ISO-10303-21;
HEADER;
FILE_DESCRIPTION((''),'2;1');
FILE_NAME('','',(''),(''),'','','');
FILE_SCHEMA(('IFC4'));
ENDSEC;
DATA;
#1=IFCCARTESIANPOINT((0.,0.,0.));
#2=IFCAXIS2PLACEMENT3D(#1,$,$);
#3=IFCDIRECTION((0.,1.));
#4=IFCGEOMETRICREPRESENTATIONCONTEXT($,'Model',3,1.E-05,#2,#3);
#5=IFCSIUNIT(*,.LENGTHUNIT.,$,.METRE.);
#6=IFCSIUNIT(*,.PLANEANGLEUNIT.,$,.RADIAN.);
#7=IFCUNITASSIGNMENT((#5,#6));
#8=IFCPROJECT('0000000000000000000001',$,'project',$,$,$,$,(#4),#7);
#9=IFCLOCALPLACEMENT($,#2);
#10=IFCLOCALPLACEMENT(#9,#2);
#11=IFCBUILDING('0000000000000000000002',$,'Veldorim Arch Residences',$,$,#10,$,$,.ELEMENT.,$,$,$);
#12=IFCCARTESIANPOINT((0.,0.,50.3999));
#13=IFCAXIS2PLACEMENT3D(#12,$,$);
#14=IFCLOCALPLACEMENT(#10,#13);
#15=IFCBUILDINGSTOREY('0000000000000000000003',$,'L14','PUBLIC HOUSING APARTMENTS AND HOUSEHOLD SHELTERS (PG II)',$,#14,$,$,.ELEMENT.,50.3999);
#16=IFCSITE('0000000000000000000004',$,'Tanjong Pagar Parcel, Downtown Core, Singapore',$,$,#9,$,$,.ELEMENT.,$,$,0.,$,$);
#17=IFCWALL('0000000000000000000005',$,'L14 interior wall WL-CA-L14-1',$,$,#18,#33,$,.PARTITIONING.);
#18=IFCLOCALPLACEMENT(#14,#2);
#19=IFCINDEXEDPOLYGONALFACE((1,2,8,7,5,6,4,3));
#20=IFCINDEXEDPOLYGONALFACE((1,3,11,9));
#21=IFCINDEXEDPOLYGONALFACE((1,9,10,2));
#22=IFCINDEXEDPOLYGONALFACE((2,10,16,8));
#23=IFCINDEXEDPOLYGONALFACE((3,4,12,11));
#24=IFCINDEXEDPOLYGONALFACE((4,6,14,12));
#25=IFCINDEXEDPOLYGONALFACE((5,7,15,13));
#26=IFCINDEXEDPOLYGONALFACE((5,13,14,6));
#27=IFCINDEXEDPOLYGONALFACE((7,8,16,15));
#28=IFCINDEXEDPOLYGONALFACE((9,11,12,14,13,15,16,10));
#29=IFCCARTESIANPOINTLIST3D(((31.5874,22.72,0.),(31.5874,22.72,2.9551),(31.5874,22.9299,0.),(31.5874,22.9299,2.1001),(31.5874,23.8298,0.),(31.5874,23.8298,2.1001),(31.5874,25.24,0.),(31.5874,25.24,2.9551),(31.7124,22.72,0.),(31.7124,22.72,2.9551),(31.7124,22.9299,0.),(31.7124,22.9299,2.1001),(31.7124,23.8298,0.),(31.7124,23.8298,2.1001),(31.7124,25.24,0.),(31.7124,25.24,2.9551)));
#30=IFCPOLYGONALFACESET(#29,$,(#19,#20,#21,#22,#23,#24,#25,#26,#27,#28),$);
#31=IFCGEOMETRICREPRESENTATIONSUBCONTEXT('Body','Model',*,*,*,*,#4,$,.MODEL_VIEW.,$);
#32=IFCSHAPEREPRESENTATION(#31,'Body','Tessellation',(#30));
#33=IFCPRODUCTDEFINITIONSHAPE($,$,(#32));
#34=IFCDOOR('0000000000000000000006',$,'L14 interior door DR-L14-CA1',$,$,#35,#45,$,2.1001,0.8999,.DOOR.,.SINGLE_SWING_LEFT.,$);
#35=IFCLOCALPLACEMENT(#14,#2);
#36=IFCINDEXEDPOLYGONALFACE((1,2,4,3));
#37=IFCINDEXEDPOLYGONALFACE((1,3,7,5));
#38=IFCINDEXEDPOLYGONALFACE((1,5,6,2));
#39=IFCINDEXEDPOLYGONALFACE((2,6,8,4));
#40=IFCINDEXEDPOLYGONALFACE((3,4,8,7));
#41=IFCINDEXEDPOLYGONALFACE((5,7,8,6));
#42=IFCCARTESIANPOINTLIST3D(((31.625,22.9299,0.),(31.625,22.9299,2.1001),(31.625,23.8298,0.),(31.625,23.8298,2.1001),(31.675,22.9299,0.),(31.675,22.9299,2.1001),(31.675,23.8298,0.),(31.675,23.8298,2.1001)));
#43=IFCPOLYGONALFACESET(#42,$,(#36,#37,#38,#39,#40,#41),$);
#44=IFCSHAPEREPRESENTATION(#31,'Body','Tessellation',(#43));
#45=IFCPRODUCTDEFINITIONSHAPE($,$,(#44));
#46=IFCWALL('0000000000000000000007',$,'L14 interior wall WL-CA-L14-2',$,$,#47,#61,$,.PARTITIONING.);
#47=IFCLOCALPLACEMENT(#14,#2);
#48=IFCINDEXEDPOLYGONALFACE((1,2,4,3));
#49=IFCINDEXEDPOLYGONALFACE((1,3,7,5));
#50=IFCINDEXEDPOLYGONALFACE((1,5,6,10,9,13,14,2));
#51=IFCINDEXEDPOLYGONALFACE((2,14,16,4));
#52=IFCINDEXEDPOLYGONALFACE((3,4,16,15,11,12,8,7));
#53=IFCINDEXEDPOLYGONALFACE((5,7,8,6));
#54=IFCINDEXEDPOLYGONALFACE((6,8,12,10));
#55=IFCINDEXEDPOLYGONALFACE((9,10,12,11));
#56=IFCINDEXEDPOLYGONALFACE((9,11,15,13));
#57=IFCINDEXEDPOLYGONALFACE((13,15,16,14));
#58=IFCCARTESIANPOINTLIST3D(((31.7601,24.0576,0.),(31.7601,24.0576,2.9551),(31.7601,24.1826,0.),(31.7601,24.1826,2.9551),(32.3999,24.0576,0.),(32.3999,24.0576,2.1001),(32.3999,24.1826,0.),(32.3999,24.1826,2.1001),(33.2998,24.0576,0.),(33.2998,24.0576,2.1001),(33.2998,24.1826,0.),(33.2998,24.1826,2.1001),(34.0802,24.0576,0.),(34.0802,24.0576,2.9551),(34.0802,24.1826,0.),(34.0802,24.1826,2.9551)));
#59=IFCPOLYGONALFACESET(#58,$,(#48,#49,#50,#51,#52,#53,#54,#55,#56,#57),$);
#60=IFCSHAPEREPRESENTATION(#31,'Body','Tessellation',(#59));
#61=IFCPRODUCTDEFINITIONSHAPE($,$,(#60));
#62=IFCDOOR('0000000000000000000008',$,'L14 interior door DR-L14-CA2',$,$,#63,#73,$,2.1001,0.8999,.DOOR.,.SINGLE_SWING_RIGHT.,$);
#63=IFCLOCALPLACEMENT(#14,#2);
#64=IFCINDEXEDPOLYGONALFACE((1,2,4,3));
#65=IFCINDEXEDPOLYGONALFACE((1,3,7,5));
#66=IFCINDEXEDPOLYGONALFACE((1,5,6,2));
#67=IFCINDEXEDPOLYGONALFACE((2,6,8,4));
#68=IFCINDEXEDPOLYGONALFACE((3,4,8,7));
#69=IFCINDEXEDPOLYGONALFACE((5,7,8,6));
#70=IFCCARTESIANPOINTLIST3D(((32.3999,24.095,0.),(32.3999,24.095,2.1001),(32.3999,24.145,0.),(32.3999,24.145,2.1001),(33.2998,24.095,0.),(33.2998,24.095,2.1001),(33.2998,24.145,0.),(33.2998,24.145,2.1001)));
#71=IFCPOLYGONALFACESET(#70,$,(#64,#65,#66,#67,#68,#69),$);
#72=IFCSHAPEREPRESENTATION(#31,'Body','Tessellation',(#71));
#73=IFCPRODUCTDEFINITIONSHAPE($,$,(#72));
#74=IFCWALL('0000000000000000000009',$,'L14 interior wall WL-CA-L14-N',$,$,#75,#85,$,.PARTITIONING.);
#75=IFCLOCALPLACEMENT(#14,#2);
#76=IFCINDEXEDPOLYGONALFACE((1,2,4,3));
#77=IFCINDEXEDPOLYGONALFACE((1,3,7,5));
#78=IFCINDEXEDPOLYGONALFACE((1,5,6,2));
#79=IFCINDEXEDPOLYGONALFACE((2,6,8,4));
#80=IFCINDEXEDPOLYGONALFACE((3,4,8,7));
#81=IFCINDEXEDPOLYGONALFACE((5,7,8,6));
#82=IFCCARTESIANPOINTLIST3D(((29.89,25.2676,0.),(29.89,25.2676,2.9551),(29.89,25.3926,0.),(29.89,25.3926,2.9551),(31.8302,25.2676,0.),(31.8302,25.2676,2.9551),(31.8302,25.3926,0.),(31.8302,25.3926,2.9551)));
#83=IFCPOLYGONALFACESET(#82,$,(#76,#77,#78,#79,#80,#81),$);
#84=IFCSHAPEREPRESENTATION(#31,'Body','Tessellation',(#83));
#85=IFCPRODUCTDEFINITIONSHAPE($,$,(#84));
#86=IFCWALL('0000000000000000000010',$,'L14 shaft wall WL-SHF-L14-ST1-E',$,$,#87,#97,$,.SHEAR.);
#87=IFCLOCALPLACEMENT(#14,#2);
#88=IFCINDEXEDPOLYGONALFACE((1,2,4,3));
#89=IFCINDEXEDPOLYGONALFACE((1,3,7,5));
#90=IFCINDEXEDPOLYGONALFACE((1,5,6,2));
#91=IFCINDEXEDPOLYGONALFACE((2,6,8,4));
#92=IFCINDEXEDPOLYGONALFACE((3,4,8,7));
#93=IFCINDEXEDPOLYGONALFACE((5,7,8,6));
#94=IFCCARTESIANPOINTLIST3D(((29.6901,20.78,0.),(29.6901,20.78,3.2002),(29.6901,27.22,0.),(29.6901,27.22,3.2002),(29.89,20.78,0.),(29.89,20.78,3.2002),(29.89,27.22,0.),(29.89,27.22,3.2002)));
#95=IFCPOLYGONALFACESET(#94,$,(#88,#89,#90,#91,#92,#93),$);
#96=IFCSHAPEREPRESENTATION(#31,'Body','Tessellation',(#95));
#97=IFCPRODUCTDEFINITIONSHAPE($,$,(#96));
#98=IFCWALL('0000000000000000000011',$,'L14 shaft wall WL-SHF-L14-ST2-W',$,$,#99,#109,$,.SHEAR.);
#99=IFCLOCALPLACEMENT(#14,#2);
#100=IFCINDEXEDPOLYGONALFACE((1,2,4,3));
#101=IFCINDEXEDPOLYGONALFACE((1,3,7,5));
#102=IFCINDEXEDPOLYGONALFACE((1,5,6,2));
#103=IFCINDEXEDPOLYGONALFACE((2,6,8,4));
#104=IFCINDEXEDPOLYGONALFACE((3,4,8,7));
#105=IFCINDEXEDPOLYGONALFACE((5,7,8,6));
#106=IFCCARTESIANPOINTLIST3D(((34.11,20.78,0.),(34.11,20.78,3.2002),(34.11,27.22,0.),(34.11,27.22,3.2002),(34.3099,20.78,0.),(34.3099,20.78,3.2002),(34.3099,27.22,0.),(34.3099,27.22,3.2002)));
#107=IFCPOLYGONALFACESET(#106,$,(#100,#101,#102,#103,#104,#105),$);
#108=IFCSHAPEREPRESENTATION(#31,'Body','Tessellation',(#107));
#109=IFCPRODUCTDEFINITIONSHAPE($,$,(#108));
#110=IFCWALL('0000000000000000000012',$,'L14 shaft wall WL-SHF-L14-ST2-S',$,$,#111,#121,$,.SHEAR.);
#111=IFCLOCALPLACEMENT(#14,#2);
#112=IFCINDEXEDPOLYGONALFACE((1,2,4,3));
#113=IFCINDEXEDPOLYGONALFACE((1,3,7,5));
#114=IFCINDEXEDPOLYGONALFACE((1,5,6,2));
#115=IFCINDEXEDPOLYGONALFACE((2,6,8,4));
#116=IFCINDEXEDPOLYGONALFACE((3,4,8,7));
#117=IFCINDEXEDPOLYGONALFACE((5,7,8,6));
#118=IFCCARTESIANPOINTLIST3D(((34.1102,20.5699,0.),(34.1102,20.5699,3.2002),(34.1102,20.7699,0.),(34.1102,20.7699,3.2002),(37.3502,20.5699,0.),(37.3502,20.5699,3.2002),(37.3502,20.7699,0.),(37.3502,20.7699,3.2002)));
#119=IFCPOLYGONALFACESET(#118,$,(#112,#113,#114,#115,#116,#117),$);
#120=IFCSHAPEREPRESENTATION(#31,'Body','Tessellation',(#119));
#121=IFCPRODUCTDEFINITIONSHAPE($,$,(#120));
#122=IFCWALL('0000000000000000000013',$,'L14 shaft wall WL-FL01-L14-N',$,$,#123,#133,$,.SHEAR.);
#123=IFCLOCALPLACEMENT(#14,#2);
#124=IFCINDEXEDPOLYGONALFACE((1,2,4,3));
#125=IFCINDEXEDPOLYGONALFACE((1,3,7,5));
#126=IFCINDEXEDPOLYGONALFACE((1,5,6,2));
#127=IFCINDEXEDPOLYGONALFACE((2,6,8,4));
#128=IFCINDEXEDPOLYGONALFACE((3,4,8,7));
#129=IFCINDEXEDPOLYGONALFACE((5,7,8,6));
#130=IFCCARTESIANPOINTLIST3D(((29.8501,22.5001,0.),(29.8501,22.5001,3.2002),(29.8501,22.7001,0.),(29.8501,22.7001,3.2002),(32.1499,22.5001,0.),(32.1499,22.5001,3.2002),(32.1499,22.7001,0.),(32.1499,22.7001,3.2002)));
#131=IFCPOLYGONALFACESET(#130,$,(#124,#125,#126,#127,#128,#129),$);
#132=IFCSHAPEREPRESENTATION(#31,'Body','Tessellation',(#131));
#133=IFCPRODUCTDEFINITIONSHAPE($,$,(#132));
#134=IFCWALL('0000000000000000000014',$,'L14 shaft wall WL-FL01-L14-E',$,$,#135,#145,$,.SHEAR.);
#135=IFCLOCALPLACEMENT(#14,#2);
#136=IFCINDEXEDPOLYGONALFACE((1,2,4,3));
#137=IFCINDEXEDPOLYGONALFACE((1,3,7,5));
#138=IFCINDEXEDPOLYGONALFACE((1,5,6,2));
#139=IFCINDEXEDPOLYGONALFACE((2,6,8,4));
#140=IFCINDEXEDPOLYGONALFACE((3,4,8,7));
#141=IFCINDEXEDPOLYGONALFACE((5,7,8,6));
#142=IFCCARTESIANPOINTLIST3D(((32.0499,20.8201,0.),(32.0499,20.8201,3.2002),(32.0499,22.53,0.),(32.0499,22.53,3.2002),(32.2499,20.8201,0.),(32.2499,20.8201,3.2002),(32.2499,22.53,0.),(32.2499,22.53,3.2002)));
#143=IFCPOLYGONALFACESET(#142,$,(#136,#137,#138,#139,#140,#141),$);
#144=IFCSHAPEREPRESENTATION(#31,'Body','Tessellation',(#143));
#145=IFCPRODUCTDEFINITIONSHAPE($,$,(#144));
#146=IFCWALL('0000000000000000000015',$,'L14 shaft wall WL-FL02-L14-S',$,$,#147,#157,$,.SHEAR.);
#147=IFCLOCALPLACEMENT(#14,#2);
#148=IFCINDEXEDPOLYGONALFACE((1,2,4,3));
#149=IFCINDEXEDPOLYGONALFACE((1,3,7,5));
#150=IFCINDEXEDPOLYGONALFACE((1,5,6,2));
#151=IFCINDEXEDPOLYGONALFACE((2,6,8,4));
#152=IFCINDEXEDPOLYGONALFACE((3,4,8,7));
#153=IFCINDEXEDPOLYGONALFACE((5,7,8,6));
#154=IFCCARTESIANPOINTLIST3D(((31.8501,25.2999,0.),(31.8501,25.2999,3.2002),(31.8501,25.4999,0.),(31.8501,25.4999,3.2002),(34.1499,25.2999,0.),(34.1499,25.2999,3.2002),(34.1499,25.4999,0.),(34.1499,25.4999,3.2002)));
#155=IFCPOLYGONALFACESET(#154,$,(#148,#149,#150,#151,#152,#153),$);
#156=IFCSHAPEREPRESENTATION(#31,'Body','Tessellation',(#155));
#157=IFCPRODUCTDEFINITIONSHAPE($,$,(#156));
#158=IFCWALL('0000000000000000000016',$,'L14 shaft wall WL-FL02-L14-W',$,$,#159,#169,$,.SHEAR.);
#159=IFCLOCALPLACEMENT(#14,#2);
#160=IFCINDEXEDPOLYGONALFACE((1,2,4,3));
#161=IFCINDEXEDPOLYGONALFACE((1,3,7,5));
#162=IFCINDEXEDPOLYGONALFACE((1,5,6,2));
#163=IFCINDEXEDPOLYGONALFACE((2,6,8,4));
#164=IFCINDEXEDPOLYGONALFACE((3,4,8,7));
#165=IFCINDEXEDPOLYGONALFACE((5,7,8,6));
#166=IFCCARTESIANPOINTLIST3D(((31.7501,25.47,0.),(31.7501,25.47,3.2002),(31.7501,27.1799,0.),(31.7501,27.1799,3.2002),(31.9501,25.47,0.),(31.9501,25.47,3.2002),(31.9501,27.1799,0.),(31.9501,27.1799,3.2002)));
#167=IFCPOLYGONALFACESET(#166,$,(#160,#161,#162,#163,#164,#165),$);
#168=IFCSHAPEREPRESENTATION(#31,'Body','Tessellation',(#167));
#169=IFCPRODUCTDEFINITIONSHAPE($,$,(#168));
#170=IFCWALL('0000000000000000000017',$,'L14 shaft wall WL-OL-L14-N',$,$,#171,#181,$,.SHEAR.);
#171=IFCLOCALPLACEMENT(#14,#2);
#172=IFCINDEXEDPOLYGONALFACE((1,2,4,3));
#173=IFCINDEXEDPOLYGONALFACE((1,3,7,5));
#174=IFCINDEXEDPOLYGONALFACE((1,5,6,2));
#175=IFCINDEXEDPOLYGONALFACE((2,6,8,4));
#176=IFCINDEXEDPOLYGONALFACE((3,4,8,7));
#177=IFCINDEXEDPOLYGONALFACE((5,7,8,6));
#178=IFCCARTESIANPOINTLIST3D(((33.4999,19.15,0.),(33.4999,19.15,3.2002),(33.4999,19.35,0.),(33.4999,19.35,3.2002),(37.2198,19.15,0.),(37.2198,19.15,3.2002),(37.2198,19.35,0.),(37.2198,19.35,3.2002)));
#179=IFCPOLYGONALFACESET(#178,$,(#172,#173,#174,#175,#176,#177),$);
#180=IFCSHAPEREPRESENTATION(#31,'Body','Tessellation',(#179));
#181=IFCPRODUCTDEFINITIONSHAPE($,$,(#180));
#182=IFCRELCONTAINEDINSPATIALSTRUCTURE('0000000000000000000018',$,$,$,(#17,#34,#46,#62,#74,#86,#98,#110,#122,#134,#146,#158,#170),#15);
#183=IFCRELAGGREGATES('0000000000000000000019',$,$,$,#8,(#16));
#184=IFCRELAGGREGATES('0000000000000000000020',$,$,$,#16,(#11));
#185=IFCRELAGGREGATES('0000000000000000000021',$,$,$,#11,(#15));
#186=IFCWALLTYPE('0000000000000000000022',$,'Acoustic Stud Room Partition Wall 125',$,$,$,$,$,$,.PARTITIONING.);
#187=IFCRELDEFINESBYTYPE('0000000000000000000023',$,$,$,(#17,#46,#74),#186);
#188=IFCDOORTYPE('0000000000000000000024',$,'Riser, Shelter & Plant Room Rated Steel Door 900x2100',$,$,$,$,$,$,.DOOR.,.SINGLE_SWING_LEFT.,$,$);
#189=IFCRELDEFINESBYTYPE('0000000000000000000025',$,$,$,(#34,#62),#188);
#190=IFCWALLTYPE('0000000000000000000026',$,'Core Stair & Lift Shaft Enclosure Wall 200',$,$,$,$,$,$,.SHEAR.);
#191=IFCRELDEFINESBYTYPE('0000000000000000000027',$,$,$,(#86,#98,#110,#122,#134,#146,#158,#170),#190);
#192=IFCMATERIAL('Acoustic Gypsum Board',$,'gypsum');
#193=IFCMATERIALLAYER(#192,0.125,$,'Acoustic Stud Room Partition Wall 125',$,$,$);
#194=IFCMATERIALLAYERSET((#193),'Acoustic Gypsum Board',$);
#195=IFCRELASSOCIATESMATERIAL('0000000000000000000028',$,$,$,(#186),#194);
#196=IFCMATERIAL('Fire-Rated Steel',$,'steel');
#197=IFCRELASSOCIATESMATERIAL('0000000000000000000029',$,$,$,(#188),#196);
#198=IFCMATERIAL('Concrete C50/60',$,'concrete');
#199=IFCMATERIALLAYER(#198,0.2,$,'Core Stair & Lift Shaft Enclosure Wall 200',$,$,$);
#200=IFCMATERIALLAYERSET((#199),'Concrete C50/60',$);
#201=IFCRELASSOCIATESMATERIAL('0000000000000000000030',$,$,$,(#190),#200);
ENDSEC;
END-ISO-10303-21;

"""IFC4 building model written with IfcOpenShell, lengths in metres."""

from ifc_helpers import new_model, si_unit, direction, frame, frame_2d, origin, place, context, subcontext, project, spatial, rectangle, extrude, material, layer, layer_set, type_object, element, fill, save


model = new_model("IFC4")

# Units and contexts
model_context = context("Model", 3, precision=1e-05, world=origin(), true_north=direction((0.0, 1.0)))
body_context = subcontext(model_context, "Body", "Model", "MODEL_VIEW")
ifc_project = project(units=[si_unit("LENGTHUNIT", "METRE"), si_unit("PLANEANGLEUNIT", "RADIAN")], contexts=[model_context])

# Site, building, storey
site_placement = place(None, origin())
site = spatial("IfcSite", under=ifc_project, at=site_placement, Name="Tanjong Pagar Parcel, Downtown Core, Singapore", CompositionType="ELEMENT", RefElevation=0.0)
building_placement = place(site_placement, origin())
building = spatial("IfcBuilding", under=site, at=building_placement, Name="Veldorim Arch Residences", CompositionType="ELEMENT")
storey_placement = place(building_placement, frame((0.0, 0.0, 50.3999)))
storey = spatial("IfcBuildingStorey", under=building, at=storey_placement, Name="L14", Description="PUBLIC HOUSING APARTMENTS AND HOUSEHOLD SHELTERS (PG II)", CompositionType="ELEMENT", Elevation=50.3999)

# Walls, openings, doors
ifc_material_1 = material(Name="Acoustic Gypsum Board", Category="gypsum")
ifc_layer_1 = layer(ifc_material_1, 0.125, Name="Acoustic Stud Room Partition Wall 125")
ifc_layer_set_1 = layer_set([ifc_layer_1], Name="Acoustic Gypsum Board")
wall_type_1 = type_object("IfcWallType", Name="Acoustic Stud Room Partition Wall 125", PredefinedType="PARTITIONING", material=ifc_layer_set_1)
wall_1_placement = place(storey_placement, frame((31.6499, 22.72, 0.0), z_axis=(0.0, 0.0, 1.0), x_axis=(0.0, 1.0, 0.0)))
wall_1 = element("IfcWall", 1, at=wall_1_placement, inside=storey, type_object=wall_type_1, Name="L14 interior wall WL-CA-L14-1", PredefinedType="PARTITIONING", context=body_context, shape_type="SweptSolid", body=[
    extrude(rectangle(XDim=2.52, YDim=0.125, at=frame_2d((1.26, 0.0))), origin(), (0.0, 0.0, 1.0), 2.9551),
])
opening_1_placement = place(wall_1_placement, frame((0.21, 0.0, 0.0)))
opening_1 = element("IfcOpeningElement", 2, at=opening_1_placement, cuts=wall_1, PredefinedType="OPENING", context=body_context, shape_type="SweptSolid", body=[
    extrude(rectangle(XDim=0.8999, YDim=2.1001, at=frame_2d((0.45, 1.05))), frame((0.0, 0.0725, 0.0), z_axis=(0.0, -1.0, 0.0), x_axis=(1.0, 0.0, 0.0)), (0.0, 0.0, 1.0), 0.145),
])
ifc_material_2 = material(Name="Fire-Rated Steel", Category="steel")
door_type_1 = type_object("IfcDoorType", Name="Riser, Shelter & Plant Room Rated Steel Door 900x2100", OperationType="SINGLE_SWING_LEFT", PredefinedType="DOOR", material=ifc_material_2)
door_1_placement = place(opening_1_placement, origin())
door_1 = element("IfcDoor", 3, at=door_1_placement, inside=storey, type_object=door_type_1, Name="L14 interior door DR-L14-CA1", OperationType="SINGLE_SWING_LEFT", OverallHeight=2.1001, OverallWidth=0.8999, PredefinedType="DOOR", context=body_context, shape_type="SweptSolid", body=[
    extrude(rectangle(XDim=0.8999, YDim=2.1001, at=frame_2d((0.45, 1.05))), frame((0.0, 0.0249, 0.0), z_axis=(0.0, -1.0, 0.0), x_axis=(1.0, 0.0, 0.0)), (0.0, 0.0, 1.0), 0.05),
])
fill(opening_1, door_1)
wall_2_placement = place(storey_placement, frame((31.76, 24.1201, 0.0), z_axis=(0.0, 0.0, 1.0), x_axis=(1.0, 0.0, 0.0)))
wall_2 = element("IfcWall", 4, at=wall_2_placement, inside=storey, type_object=wall_type_1, Name="L14 interior wall WL-CA-L14-2", PredefinedType="PARTITIONING", context=body_context, shape_type="SweptSolid", body=[
    extrude(rectangle(XDim=2.3201, YDim=0.125, at=frame_2d((1.1602, 0.0))), origin(), (0.0, 0.0, 1.0), 2.9551),
])
opening_2_placement = place(wall_2_placement, frame((0.6399, 0.0, 0.0)))
opening_2 = element("IfcOpeningElement", 5, at=opening_2_placement, cuts=wall_2, PredefinedType="OPENING", context=body_context, shape_type="SweptSolid", body=[
    extrude(rectangle(XDim=0.8999, YDim=2.1001, at=frame_2d((0.45, 1.05))), frame((0.0, 0.0725, 0.0), z_axis=(0.0, -1.0, 0.0), x_axis=(1.0, 0.0, 0.0)), (0.0, 0.0, 1.0), 0.145),
])
door_2_placement = place(opening_2_placement, origin())
door_2 = element("IfcDoor", 6, at=door_2_placement, inside=storey, type_object=door_type_1, Name="L14 interior door DR-L14-CA2", OperationType="SINGLE_SWING_RIGHT", OverallHeight=2.1001, OverallWidth=0.8999, PredefinedType="DOOR", context=body_context, shape_type="SweptSolid", body=[
    extrude(rectangle(XDim=0.8999, YDim=2.1001, at=frame_2d((0.45, 1.05))), frame((0.0, 0.0249, 0.0), z_axis=(0.0, -1.0, 0.0), x_axis=(1.0, 0.0, 0.0)), (0.0, 0.0, 1.0), 0.05),
])
fill(opening_2, door_2)

# Walls
wall_3_placement = place(storey_placement, frame((29.8899, 25.3301, 0.0), z_axis=(0.0, 0.0, 1.0), x_axis=(1.0, 0.0, 0.0)))
element("IfcWall", 7, at=wall_3_placement, inside=storey, type_object=wall_type_1, Name="L14 interior wall WL-CA-L14-N", PredefinedType="PARTITIONING", context=body_context, shape_type="SweptSolid", body=[
    extrude(rectangle(XDim=1.9402, YDim=0.125, at=frame_2d((0.9702, 0.0))), origin(), (0.0, 0.0, 1.0), 2.9551),
])
ifc_material_3 = material(Name="Concrete C50/60", Category="concrete")
ifc_layer_2 = layer(ifc_material_3, 0.2, Name="Core Stair & Lift Shaft Enclosure Wall 200")
ifc_layer_set_2 = layer_set([ifc_layer_2], Name="Concrete C50/60")
wall_type_2 = type_object("IfcWallType", Name="Core Stair & Lift Shaft Enclosure Wall 200", PredefinedType="SHEAR", material=ifc_layer_set_2)
for number, where, z_axis, x_axis, name in (
    (8, (29.79, 20.78, 0.0), (0.0, 0.0, 1.0), (0.0, 1.0, 0.0), "L14 shaft wall WL-SHF-L14-ST1-E"),
    (9, (34.21, 20.78, 0.0), (0.0, 0.0, 1.0), (0.0, 1.0, 0.0), "L14 shaft wall WL-SHF-L14-ST2-W"),
):
    element("IfcWall", number, at=place(storey_placement, frame(where, z_axis=z_axis, x_axis=x_axis)), inside=storey, type_object=wall_type_2, Name=name, PredefinedType="SHEAR", context=body_context, shape_type="SweptSolid", body=[
        extrude(rectangle(XDim=6.4399, YDim=0.2, at=frame_2d((3.22, 0.0))), origin(), (0.0, 0.0, 1.0), 3.2002),
    ])
wall_4_placement = place(storey_placement, frame((34.1101, 20.6699, 0.0), z_axis=(0.0, 0.0, 1.0), x_axis=(1.0, 0.0, 0.0)))
element("IfcWall", 10, at=wall_4_placement, inside=storey, type_object=wall_type_2, Name="L14 shaft wall WL-SHF-L14-ST2-S", PredefinedType="SHEAR", context=body_context, shape_type="SweptSolid", body=[
    extrude(rectangle(XDim=3.24, YDim=0.2, at=frame_2d((1.6201, 0.0))), origin(), (0.0, 0.0, 1.0), 3.2002),
])

# Walls
wall_5_placement = place(storey_placement, frame((29.8501, 22.6001, 0.0), z_axis=(0.0, 0.0, 1.0), x_axis=(1.0, 0.0, 0.0)))
element("IfcWall", 11, at=wall_5_placement, inside=storey, type_object=wall_type_2, Name="L14 shaft wall WL-FL01-L14-N", PredefinedType="SHEAR", context=body_context, shape_type="SweptSolid", body=[
    extrude(rectangle(XDim=2.2998, YDim=0.2, at=frame_2d((1.1499, 0.0))), origin(), (0.0, 0.0, 1.0), 3.2002),
])
wall_6_placement = place(storey_placement, frame((32.1499, 20.8201, 0.0), z_axis=(0.0, 0.0, 1.0), x_axis=(0.0, 1.0, 0.0)))
element("IfcWall", 12, at=wall_6_placement, inside=storey, type_object=wall_type_2, Name="L14 shaft wall WL-FL01-L14-E", PredefinedType="SHEAR", context=body_context, shape_type="SweptSolid", body=[
    extrude(rectangle(XDim=1.71, YDim=0.2, at=frame_2d((0.855, 0.0))), origin(), (0.0, 0.0, 1.0), 3.2002),
])
wall_7_placement = place(storey_placement, frame((31.8501, 25.3999, 0.0), z_axis=(0.0, 0.0, 1.0), x_axis=(1.0, 0.0, 0.0)))
element("IfcWall", 13, at=wall_7_placement, inside=storey, type_object=wall_type_2, Name="L14 shaft wall WL-FL02-L14-S", PredefinedType="SHEAR", context=body_context, shape_type="SweptSolid", body=[
    extrude(rectangle(XDim=2.2998, YDim=0.2, at=frame_2d((1.1499, 0.0))), origin(), (0.0, 0.0, 1.0), 3.2002),
])
wall_8_placement = place(storey_placement, frame((31.8501, 25.47, 0.0), z_axis=(0.0, 0.0, 1.0), x_axis=(0.0, 1.0, 0.0)))
element("IfcWall", 14, at=wall_8_placement, inside=storey, type_object=wall_type_2, Name="L14 shaft wall WL-FL02-L14-W", PredefinedType="SHEAR", context=body_context, shape_type="SweptSolid", body=[
    extrude(rectangle(XDim=1.71, YDim=0.2, at=frame_2d((0.855, 0.0))), origin(), (0.0, 0.0, 1.0), 3.2002),
])
wall_9_placement = place(storey_placement, frame((33.5, 19.25, 0.0), z_axis=(0.0, 0.0, 1.0), x_axis=(1.0, 0.0, 0.0)))
element("IfcWall", 15, at=wall_9_placement, inside=storey, type_object=wall_type_2, Name="L14 shaft wall WL-OL-L14-N", PredefinedType="SHEAR", context=body_context, shape_type="SweptSolid", body=[
    extrude(rectangle(XDim=3.72, YDim=0.2, at=frame_2d((1.8599, 0.0))), origin(), (0.0, 0.0, 1.0), 3.2002),
])

save(model, "model.ifc")
